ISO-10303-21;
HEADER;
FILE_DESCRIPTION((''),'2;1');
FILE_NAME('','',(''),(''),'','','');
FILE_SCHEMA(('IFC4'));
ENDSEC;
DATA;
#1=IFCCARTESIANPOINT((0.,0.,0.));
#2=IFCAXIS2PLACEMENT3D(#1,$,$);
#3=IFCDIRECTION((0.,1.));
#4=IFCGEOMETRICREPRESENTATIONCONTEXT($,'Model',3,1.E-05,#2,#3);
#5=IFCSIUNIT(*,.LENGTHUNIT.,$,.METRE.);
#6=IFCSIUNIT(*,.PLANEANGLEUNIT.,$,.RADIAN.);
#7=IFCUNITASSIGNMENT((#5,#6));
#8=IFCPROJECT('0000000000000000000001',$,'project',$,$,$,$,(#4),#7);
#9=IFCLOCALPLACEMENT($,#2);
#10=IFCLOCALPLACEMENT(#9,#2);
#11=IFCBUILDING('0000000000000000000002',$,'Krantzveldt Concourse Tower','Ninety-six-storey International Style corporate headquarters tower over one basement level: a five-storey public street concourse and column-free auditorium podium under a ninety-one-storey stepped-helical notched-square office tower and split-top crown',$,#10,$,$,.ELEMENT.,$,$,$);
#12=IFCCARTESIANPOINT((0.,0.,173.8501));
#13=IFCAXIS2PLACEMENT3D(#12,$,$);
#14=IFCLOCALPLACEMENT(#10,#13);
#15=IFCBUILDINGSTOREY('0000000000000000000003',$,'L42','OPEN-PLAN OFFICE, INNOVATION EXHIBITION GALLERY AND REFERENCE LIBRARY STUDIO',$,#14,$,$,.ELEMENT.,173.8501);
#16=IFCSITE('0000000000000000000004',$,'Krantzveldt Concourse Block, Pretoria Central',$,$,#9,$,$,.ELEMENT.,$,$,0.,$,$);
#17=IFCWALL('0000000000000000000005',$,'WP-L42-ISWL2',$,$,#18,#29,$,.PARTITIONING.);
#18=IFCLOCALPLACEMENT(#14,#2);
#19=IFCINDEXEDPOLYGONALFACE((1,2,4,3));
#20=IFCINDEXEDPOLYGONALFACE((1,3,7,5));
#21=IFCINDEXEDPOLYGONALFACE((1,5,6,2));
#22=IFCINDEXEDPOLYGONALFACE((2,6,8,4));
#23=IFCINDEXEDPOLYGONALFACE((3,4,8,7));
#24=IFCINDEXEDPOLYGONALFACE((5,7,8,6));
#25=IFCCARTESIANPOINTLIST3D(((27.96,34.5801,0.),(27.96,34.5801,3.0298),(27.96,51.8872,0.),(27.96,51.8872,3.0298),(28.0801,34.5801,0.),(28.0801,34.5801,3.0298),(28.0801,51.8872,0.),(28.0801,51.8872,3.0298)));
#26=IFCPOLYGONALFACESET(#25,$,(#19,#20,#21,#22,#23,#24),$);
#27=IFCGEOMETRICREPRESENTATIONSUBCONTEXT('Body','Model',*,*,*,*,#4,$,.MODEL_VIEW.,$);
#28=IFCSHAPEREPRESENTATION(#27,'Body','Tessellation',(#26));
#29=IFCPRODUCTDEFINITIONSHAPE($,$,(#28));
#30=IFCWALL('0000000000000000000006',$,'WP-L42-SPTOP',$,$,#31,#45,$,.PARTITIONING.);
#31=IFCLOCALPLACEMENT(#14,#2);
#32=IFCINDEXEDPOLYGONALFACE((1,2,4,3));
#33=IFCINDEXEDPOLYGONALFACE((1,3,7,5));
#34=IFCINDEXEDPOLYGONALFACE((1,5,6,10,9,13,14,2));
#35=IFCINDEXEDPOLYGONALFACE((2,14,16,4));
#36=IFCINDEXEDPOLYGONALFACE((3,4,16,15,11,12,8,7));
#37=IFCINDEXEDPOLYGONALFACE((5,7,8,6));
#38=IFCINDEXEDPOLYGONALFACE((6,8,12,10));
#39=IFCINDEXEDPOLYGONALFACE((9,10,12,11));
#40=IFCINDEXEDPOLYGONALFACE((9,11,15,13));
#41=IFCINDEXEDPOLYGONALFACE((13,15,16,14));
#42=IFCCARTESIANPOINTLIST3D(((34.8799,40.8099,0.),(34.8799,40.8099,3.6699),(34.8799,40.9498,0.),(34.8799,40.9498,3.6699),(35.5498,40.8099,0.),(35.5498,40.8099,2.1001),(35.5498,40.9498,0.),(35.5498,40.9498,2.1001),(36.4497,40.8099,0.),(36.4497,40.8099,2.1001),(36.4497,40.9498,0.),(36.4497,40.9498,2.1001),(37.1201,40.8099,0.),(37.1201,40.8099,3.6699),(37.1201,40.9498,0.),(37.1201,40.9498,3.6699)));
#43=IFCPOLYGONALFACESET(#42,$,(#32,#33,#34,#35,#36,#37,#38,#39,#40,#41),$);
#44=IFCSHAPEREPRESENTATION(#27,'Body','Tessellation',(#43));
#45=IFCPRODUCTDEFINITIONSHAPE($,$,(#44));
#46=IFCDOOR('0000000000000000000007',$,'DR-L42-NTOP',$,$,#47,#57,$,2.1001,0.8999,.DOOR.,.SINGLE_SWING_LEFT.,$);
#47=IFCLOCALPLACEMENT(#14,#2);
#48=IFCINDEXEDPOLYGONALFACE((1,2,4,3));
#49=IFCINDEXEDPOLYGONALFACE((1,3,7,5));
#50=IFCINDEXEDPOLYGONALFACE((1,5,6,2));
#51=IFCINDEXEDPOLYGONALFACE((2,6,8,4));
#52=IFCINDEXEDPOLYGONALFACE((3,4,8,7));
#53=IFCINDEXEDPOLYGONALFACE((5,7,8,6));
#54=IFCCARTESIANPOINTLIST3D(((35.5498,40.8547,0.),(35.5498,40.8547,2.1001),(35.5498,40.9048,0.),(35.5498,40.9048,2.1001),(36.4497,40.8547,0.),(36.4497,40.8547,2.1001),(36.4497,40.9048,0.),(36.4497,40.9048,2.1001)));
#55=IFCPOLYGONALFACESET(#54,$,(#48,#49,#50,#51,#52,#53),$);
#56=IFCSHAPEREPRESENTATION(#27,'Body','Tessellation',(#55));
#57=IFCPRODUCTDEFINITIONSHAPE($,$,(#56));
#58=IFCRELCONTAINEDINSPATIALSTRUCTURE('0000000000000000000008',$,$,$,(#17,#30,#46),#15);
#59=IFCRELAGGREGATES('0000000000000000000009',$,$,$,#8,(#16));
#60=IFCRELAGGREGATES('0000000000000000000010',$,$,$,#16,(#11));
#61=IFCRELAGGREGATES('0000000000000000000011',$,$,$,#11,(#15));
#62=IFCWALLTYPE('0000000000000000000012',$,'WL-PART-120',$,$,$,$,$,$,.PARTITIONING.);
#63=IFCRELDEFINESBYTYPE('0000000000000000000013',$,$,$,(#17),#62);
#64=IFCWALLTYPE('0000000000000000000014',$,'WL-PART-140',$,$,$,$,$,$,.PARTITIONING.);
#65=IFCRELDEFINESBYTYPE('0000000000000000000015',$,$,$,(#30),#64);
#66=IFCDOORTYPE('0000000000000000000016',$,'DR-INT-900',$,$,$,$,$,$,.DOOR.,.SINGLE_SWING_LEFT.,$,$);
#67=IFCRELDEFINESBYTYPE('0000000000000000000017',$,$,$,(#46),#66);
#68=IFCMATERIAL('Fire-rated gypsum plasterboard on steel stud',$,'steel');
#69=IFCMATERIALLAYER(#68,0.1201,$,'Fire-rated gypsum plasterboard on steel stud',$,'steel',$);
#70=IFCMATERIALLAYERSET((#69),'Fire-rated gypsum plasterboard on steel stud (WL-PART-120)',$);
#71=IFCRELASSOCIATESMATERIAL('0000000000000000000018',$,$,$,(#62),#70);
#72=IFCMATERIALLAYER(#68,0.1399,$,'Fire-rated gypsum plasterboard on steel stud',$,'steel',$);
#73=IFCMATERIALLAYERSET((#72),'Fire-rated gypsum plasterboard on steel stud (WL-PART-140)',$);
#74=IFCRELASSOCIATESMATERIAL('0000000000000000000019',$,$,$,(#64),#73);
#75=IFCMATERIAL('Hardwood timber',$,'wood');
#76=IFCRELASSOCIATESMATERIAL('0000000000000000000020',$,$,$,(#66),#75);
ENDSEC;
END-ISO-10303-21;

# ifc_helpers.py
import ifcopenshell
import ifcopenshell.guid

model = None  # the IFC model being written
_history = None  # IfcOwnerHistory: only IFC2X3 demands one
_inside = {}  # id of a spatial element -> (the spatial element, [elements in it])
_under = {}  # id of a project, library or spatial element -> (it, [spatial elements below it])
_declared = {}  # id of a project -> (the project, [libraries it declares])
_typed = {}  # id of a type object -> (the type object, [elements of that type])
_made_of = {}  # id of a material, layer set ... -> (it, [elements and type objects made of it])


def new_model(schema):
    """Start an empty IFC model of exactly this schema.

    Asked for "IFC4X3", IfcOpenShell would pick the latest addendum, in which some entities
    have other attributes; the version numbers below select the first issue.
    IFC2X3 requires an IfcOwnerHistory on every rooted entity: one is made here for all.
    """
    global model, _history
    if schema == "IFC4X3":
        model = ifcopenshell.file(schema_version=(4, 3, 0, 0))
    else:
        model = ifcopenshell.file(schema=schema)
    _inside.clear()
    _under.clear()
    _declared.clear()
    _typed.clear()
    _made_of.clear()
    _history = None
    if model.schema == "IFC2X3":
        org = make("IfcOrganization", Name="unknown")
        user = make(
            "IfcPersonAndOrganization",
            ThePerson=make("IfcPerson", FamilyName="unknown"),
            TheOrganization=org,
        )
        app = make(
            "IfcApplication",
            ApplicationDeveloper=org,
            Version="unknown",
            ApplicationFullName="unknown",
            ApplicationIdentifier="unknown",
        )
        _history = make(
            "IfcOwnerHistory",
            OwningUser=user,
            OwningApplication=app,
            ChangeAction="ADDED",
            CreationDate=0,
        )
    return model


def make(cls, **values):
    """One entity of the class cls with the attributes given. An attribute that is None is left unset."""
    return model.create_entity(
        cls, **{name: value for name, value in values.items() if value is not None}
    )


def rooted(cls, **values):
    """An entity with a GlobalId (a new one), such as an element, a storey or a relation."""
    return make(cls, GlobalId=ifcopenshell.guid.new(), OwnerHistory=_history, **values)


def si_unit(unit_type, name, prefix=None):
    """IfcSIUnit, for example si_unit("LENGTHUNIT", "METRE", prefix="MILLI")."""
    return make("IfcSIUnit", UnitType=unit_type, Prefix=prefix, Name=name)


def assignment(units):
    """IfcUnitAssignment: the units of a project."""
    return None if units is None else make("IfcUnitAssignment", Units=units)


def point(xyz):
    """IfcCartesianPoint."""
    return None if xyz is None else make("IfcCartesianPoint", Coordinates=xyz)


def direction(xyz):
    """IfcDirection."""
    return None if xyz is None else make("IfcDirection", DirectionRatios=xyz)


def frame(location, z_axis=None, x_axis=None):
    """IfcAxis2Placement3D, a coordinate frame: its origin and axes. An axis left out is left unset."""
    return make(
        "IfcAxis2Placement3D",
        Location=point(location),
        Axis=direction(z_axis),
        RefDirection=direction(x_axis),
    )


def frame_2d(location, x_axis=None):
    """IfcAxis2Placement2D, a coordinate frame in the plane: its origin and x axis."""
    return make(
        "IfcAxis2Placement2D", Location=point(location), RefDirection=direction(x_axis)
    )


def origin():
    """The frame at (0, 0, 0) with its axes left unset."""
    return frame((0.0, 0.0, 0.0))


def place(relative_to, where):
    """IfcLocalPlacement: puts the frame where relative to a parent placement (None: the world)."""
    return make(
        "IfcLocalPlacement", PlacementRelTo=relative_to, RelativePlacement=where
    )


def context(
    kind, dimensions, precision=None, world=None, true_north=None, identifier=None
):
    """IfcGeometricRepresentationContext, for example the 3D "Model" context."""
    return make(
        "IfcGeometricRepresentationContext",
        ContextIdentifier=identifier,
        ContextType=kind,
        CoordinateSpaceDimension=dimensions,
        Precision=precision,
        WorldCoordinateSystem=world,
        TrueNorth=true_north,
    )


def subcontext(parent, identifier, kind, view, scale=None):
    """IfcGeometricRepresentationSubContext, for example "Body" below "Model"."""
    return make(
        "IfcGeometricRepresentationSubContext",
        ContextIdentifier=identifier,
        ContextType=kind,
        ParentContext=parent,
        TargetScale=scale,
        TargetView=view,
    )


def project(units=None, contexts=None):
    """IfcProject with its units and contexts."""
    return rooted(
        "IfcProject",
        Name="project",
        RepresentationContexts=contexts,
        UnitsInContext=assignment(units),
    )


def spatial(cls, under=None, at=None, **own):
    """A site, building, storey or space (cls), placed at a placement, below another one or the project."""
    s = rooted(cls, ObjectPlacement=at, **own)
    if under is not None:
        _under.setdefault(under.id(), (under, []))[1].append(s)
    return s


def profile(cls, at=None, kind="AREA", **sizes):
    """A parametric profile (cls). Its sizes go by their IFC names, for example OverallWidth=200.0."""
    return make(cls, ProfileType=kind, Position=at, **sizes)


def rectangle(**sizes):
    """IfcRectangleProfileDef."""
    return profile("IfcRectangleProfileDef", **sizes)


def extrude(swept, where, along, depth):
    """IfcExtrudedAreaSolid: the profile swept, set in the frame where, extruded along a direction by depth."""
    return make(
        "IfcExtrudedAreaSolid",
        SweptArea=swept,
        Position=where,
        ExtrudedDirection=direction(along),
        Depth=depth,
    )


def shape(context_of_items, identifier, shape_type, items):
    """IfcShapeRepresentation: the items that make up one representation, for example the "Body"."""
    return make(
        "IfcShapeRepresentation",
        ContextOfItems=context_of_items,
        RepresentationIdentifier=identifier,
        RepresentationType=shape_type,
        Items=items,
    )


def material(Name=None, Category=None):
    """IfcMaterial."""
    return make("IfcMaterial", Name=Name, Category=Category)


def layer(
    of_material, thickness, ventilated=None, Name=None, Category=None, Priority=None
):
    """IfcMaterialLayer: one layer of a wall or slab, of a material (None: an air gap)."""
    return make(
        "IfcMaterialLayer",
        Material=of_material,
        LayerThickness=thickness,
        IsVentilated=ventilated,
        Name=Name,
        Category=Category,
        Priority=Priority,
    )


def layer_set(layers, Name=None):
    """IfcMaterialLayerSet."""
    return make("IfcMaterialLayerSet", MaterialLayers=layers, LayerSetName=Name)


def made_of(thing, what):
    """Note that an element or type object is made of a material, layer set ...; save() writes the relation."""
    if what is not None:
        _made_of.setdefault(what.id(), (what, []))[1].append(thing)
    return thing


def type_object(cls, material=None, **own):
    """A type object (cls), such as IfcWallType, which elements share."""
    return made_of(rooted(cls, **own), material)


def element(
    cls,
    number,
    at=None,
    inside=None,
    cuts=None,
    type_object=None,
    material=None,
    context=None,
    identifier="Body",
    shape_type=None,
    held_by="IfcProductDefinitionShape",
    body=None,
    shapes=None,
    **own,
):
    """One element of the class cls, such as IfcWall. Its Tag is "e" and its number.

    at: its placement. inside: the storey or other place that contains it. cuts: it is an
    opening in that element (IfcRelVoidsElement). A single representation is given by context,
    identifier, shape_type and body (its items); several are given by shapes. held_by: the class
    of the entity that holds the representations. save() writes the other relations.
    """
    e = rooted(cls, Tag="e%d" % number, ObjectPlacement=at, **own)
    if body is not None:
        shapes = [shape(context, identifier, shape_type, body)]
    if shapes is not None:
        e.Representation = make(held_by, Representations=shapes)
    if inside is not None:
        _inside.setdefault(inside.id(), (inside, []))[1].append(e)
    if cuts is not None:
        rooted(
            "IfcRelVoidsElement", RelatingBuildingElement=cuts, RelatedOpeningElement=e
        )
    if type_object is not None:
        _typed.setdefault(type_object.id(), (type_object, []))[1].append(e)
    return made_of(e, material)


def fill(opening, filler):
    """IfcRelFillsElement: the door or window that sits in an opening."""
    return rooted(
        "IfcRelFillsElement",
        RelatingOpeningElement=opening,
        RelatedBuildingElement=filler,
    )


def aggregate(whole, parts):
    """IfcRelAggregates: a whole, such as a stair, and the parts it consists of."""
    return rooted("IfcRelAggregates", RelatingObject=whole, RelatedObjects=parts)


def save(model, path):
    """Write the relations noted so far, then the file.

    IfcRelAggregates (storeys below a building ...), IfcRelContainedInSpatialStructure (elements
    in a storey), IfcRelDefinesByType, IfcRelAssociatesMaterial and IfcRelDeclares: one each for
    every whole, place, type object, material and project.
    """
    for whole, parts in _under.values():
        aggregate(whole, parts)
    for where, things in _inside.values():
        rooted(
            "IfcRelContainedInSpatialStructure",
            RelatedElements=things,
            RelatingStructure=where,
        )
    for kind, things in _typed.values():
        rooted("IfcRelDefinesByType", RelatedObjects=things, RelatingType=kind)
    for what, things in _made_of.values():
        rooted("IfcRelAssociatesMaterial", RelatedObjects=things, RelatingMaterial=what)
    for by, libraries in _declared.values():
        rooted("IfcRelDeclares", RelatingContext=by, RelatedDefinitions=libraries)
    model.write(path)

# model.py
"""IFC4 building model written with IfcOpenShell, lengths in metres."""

from ifc_helpers import new_model, si_unit, direction, frame, frame_2d, origin, place, context, subcontext, project, spatial, rectangle, extrude, material, layer, layer_set, type_object, element, fill, save


model = new_model("IFC4")

# Units and contexts
model_context = context("Model", 3, precision=1e-05, world=origin(), true_north=direction((0.0, 1.0)))
body_context = subcontext(model_context, "Body", "Model", "MODEL_VIEW")
ifc_project = project(units=[si_unit("LENGTHUNIT", "METRE"), si_unit("PLANEANGLEUNIT", "RADIAN")], contexts=[model_context])

# Site, building, storey
site_placement = place(None, origin())
site = spatial("IfcSite", under=ifc_project, at=site_placement, Name="Krantzveldt Concourse Block, Pretoria Central", CompositionType="ELEMENT", RefElevation=0.0)
building_placement = place(site_placement, origin())
building = spatial("IfcBuilding", under=site, at=building_placement, Name="Krantzveldt Concourse Tower", Description="Ninety-six-storey International Style corporate headquarters tower over one basement level: a five-storey public street concourse and column-free auditorium podium under a ninety-one-storey stepped-helical notched-square office tower and split-top crown", CompositionType="ELEMENT")
storey_placement = place(building_placement, frame((0.0, 0.0, 173.8501)))
storey = spatial("IfcBuildingStorey", under=building, at=storey_placement, Name="L42", Description="OPEN-PLAN OFFICE, INNOVATION EXHIBITION GALLERY AND REFERENCE LIBRARY STUDIO", CompositionType="ELEMENT", Elevation=173.8501)

# Wall
ifc_material_1 = material(Name="Fire-rated gypsum plasterboard on steel stud", Category="steel")
ifc_layer_1 = layer(ifc_material_1, 0.1201, Name="Fire-rated gypsum plasterboard on steel stud", Category="steel")
ifc_layer_set_1 = layer_set([ifc_layer_1], Name="Fire-rated gypsum plasterboard on steel stud (WL-PART-120)")
wall_type_1 = type_object("IfcWallType", Name="WL-PART-120", PredefinedType="PARTITIONING", material=ifc_layer_set_1)
wall_1_placement = place(storey_placement, frame((28.02, 34.5801, 0.0), z_axis=(0.0, 0.0, 1.0), x_axis=(0.0, 1.0, 0.0)))
element("IfcWall", 1, at=wall_1_placement, inside=storey, type_object=wall_type_1, Name="WP-L42-ISWL2", PredefinedType="PARTITIONING", context=body_context, shape_type="SweptSolid", body=[
    extrude(rectangle(XDim=17.3071, YDim=0.1201, at=frame_2d((8.6536, 0.0))), origin(), (0.0, 0.0, 1.0), 3.0298),
])

# Wall, opening, door
ifc_layer_2 = layer(ifc_material_1, 0.1399, Name="Fire-rated gypsum plasterboard on steel stud", Category="steel")
ifc_layer_set_2 = layer_set([ifc_layer_2], Name="Fire-rated gypsum plasterboard on steel stud (WL-PART-140)")
wall_type_2 = type_object("IfcWallType", Name="WL-PART-140", PredefinedType="PARTITIONING", material=ifc_layer_set_2)
wall_2_placement = place(storey_placement, frame((34.8799, 40.8799, 0.0), z_axis=(0.0, 0.0, 1.0), x_axis=(1.0, 0.0, 0.0)))
wall_2 = element("IfcWall", 2, at=wall_2_placement, inside=storey, type_object=wall_type_2, Name="WP-L42-SPTOP", PredefinedType="PARTITIONING", context=body_context, shape_type="SweptSolid", body=[
    extrude(rectangle(XDim=2.2402, YDim=0.1399, at=frame_2d((1.1201, 0.0))), origin(), (0.0, 0.0, 1.0), 3.6699),
])
opening_placement = place(wall_2_placement, frame((0.6699, 0.0, 0.0)))
opening = element("IfcOpeningElement", 3, at=opening_placement, cuts=wall_2, PredefinedType="OPENING", context=body_context, shape_type="SweptSolid", body=[
    extrude(rectangle(XDim=0.8999, YDim=2.1001, at=frame_2d((0.45, 1.05))), frame((0.0, 0.0801, 0.0), z_axis=(0.0, -1.0, 0.0), x_axis=(1.0, 0.0, 0.0)), (0.0, 0.0, 1.0), 0.1599),
])
ifc_material_2 = material(Name="Hardwood timber", Category="wood")
door_type = type_object("IfcDoorType", Name="DR-INT-900", OperationType="SINGLE_SWING_LEFT", PredefinedType="DOOR", material=ifc_material_2)
door_placement = place(opening_placement, origin())
door = element("IfcDoor", 4, at=door_placement, inside=storey, type_object=door_type, Name="DR-L42-NTOP", OperationType="SINGLE_SWING_LEFT", OverallHeight=2.1001, OverallWidth=0.8999, PredefinedType="DOOR", context=body_context, shape_type="SweptSolid", body=[
    extrude(rectangle(XDim=0.8999, YDim=2.1001, at=frame_2d((0.45, 1.05))), frame((0.0, 0.0249, 0.0), z_axis=(0.0, -1.0, 0.0), x_axis=(1.0, 0.0, 0.0)), (0.0, 0.0, 1.0), 0.05),
])
fill(opening, door)

save(model, "model.ifc")
